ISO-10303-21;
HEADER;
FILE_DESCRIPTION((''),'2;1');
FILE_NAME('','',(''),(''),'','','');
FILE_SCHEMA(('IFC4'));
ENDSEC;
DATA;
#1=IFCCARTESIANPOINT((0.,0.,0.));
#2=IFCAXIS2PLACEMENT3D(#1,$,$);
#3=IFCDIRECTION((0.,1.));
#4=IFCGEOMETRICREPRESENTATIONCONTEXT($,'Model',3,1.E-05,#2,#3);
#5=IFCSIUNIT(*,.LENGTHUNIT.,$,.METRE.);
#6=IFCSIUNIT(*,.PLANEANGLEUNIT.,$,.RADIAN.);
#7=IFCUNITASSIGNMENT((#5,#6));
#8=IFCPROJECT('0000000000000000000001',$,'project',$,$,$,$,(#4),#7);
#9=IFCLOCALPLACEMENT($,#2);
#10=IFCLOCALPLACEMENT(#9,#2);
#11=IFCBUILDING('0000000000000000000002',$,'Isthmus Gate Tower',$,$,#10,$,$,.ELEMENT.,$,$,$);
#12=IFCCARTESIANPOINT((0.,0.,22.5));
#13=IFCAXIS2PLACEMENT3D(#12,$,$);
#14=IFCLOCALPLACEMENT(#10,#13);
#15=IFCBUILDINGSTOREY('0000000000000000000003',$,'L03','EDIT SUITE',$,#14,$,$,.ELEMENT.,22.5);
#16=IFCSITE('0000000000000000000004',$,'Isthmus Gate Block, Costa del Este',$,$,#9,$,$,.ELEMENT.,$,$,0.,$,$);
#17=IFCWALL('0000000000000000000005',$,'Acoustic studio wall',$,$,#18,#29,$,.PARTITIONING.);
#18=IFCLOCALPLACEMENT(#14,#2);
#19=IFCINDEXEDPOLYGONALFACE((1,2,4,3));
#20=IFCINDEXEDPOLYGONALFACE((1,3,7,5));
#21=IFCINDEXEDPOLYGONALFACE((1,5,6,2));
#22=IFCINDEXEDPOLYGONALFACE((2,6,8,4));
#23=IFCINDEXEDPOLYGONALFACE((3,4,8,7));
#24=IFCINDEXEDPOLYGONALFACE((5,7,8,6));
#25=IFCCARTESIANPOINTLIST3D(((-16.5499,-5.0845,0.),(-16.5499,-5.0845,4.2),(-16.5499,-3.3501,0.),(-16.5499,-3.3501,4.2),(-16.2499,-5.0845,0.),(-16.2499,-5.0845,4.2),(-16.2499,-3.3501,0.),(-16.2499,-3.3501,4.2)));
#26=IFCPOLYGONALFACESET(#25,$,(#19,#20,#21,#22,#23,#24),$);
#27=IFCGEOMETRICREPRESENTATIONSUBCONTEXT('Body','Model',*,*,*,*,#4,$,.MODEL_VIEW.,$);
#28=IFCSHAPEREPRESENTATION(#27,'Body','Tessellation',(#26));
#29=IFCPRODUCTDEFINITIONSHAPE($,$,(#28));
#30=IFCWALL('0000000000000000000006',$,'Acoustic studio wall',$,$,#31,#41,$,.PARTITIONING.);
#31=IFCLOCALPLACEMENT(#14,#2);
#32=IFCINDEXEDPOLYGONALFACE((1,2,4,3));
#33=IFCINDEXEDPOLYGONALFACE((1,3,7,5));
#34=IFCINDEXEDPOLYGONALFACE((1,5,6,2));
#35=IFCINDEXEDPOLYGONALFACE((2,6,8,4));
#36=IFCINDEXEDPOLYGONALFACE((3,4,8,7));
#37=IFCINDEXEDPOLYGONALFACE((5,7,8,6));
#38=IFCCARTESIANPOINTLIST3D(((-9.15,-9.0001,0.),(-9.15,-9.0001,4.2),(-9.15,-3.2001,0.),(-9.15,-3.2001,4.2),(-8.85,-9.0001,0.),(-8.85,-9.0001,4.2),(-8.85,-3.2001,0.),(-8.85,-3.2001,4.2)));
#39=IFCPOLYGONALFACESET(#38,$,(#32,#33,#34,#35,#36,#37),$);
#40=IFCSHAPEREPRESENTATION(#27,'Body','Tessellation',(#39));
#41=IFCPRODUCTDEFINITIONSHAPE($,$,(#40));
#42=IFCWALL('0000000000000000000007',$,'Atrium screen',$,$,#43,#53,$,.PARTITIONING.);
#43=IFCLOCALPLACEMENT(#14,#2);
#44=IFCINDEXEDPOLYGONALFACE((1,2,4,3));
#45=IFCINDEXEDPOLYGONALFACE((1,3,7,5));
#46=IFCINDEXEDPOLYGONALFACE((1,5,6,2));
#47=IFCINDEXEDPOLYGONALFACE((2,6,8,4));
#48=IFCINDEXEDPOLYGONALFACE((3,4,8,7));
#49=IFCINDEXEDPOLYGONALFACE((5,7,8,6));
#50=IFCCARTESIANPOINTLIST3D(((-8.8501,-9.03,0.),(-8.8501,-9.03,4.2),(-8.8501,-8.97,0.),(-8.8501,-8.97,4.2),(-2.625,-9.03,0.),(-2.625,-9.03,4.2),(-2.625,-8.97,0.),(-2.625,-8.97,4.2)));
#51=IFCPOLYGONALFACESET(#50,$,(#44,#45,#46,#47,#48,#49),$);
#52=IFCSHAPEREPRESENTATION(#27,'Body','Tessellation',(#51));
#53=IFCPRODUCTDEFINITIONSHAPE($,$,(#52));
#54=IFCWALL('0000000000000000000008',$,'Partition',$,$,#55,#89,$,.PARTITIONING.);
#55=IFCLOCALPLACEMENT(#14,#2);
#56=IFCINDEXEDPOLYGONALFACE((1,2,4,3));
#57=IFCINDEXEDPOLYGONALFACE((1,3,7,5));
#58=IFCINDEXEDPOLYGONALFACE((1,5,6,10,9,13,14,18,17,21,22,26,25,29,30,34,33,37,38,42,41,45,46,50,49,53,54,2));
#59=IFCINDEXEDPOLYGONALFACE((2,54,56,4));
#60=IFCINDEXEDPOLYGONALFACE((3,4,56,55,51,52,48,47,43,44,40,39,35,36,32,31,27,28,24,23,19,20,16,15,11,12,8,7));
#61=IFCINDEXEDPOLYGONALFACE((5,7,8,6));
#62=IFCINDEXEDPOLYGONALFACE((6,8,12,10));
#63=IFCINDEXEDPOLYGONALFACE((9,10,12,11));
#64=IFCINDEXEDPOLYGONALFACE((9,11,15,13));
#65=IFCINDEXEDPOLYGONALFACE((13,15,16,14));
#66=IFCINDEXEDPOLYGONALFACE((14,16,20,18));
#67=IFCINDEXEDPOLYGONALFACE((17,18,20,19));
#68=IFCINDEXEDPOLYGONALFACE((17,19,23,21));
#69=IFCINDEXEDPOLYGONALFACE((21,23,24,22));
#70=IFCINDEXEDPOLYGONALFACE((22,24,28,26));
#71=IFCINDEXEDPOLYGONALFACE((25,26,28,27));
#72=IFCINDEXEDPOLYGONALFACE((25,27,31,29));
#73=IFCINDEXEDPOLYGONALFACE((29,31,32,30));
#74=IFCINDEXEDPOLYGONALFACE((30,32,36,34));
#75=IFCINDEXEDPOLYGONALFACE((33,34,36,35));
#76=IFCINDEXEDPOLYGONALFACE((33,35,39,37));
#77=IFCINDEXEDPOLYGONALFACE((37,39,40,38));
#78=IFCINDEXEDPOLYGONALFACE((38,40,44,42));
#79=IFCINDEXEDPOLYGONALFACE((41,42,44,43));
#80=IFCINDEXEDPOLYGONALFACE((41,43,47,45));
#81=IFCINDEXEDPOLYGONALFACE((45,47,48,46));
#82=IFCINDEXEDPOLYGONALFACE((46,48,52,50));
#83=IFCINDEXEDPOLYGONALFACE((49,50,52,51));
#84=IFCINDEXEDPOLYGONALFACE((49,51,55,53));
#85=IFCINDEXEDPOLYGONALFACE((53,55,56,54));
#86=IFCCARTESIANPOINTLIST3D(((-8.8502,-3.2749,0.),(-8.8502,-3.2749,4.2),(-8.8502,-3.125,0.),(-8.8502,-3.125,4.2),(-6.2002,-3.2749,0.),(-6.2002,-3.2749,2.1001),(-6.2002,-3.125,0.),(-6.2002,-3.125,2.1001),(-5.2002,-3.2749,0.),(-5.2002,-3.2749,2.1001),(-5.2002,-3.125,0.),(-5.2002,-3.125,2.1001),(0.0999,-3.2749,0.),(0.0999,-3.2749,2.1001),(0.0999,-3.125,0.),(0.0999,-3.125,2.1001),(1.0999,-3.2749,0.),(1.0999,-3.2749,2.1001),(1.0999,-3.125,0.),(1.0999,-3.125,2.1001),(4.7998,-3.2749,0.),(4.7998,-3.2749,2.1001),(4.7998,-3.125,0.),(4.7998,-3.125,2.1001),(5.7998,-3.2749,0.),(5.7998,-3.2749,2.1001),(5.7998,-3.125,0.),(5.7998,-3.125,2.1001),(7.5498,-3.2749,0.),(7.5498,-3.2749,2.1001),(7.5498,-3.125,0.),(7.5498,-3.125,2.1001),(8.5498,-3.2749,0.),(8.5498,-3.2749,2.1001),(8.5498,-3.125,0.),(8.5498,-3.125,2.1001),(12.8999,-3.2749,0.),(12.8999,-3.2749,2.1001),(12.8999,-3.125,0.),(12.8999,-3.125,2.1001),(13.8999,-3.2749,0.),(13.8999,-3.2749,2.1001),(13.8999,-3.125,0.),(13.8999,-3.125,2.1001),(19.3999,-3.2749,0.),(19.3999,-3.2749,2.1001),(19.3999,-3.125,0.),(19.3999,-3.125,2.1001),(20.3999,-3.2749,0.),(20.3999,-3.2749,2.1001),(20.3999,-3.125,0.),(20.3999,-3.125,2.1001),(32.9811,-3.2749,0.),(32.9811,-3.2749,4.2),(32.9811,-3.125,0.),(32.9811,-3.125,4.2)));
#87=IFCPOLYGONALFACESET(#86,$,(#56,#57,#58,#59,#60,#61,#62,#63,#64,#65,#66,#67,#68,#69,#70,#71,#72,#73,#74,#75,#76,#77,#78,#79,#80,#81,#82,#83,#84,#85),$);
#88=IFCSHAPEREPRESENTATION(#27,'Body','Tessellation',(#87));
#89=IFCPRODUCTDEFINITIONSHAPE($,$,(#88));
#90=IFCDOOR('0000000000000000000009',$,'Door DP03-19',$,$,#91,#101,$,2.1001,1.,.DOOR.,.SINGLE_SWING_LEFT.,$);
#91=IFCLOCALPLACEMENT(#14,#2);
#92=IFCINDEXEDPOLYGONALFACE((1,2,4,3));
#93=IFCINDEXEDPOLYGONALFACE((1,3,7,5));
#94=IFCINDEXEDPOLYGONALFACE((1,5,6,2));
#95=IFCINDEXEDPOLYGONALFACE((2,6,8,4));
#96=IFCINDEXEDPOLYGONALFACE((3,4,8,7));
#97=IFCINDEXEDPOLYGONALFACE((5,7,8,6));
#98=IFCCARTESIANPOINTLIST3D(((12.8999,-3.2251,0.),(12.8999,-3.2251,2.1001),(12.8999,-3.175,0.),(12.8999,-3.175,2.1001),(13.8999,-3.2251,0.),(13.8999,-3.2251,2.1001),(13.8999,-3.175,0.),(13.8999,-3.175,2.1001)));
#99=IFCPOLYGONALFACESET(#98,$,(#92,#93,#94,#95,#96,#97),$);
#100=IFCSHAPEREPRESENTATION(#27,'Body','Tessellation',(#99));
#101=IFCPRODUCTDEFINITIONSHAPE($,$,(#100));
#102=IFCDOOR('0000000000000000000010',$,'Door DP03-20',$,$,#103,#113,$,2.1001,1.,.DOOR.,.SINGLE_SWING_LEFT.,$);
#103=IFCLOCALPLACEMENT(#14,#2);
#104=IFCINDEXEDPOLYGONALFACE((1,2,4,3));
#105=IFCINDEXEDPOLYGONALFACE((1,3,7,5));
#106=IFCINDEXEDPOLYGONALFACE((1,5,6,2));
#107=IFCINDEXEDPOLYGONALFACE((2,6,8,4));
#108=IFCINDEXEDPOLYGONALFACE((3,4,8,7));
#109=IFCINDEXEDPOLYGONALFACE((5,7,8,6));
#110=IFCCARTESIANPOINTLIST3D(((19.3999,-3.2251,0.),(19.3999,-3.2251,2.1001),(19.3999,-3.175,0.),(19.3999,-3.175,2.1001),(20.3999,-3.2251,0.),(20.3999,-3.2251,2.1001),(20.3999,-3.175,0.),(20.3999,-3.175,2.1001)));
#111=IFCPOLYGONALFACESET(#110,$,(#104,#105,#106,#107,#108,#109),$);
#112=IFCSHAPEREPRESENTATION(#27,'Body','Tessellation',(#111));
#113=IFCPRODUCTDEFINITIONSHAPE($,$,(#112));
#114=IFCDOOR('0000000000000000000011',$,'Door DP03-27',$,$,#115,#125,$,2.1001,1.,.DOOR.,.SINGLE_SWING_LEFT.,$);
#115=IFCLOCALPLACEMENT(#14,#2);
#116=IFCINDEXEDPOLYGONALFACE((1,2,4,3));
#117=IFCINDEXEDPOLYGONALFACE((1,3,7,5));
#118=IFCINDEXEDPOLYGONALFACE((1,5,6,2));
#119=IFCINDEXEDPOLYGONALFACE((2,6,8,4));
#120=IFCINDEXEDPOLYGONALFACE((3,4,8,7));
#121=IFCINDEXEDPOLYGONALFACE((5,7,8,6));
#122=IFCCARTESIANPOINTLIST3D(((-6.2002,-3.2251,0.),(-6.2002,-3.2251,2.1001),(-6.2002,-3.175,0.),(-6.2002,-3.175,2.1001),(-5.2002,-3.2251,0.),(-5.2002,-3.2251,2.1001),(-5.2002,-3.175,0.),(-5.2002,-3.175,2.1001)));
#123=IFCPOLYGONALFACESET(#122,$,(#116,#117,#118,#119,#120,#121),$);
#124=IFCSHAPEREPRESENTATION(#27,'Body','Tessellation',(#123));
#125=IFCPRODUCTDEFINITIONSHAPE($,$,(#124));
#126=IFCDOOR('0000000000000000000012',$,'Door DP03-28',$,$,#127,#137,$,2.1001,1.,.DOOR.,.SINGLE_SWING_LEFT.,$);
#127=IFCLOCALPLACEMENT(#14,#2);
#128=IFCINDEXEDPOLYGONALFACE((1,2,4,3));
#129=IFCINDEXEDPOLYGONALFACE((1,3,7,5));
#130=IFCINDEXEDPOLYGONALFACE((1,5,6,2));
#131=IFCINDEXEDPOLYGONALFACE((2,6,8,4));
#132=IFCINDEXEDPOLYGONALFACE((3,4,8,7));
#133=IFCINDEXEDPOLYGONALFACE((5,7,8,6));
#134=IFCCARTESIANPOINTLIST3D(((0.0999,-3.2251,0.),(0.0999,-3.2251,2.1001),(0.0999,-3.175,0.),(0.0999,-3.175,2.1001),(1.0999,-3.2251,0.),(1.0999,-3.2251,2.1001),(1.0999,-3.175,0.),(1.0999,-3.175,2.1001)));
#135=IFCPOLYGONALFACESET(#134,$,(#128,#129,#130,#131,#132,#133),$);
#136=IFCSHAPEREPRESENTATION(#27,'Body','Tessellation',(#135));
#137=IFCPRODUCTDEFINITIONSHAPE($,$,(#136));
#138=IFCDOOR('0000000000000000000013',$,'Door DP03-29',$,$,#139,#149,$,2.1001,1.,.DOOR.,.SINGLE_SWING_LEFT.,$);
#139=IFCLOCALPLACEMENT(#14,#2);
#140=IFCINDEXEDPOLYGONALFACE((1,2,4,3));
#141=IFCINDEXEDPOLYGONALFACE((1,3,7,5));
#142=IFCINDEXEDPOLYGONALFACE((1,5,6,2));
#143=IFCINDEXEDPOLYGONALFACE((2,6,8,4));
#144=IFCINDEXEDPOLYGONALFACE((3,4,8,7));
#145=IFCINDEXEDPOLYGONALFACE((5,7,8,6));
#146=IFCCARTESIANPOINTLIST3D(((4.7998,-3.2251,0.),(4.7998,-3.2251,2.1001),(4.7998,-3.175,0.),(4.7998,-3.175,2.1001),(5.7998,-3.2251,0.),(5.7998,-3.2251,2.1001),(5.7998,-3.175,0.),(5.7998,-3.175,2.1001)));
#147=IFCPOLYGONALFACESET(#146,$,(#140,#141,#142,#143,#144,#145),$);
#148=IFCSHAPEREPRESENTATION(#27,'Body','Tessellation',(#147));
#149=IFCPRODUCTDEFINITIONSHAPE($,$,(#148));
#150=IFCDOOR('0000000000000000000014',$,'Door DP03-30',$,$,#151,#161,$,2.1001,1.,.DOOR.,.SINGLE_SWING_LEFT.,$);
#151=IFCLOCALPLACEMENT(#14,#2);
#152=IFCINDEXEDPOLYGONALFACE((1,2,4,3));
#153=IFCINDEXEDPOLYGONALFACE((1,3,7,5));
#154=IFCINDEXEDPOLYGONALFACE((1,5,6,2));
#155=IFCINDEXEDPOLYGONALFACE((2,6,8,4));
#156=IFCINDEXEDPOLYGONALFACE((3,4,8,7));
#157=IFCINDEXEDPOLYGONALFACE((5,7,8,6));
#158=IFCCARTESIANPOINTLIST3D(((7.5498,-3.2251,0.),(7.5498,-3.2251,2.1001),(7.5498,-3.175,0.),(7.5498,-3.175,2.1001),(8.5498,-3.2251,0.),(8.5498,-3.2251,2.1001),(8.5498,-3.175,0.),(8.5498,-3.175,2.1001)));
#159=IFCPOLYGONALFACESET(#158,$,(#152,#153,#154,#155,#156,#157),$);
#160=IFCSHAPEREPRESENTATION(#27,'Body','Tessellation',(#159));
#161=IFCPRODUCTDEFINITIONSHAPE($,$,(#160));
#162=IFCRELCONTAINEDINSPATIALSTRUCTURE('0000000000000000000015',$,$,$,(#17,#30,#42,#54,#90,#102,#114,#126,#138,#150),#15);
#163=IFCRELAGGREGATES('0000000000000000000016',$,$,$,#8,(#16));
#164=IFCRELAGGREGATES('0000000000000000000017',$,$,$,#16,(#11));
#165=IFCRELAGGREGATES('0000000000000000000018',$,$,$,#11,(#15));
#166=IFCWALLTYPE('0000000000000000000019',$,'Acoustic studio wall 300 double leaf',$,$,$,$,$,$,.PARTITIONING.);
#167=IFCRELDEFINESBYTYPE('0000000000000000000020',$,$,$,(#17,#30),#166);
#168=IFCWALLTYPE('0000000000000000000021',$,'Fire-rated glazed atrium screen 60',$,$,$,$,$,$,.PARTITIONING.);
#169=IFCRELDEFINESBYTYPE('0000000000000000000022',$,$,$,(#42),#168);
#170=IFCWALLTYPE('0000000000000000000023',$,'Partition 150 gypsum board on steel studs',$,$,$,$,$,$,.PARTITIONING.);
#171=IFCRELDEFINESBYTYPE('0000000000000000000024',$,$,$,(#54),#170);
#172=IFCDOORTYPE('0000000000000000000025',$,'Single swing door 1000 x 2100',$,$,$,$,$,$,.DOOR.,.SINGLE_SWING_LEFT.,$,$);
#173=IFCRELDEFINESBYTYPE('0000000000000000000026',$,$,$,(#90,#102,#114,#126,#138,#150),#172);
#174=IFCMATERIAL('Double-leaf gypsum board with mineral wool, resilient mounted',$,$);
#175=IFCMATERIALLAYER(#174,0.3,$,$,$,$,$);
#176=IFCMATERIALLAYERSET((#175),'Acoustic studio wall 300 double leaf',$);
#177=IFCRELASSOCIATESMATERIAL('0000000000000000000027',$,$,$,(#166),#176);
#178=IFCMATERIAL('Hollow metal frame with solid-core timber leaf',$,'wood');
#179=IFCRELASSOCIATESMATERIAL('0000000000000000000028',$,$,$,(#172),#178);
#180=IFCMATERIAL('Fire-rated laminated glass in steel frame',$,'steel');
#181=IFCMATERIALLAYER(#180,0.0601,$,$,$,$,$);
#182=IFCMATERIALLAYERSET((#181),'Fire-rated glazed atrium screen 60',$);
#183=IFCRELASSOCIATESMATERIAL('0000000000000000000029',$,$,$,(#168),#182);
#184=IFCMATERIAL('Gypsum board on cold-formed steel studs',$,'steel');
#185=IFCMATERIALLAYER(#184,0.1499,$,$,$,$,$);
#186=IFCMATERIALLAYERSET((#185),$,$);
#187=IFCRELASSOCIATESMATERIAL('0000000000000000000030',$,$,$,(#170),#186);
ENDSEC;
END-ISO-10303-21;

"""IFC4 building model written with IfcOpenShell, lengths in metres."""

from ifc_helpers import new_model, si_unit, direction, frame, frame_2d, origin, place, context, subcontext, project, spatial, rectangle, extrude, material, layer, layer_set, type_object, element, fill, save


model = new_model("IFC4")

# Units and contexts
model_context = context("Model", 3, precision=1e-05, world=origin(), true_north=direction((0.0, 1.0)))
body_context = subcontext(model_context, "Body", "Model", "MODEL_VIEW")
ifc_project = project(units=[si_unit("LENGTHUNIT", "METRE"), si_unit("PLANEANGLEUNIT", "RADIAN")], contexts=[model_context])

# Site, building, storey
site_placement = place(None, origin())
site = spatial("IfcSite", under=ifc_project, at=site_placement, Name="Isthmus Gate Block, Costa del Este", CompositionType="ELEMENT", RefElevation=0.0)
building_placement = place(site_placement, origin())
building = spatial("IfcBuilding", under=site, at=building_placement, Name="Isthmus Gate Tower", CompositionType="ELEMENT")
storey_placement = place(building_placement, frame((0.0, 0.0, 22.5)))
storey = spatial("IfcBuildingStorey", under=building, at=storey_placement, Name="L03", Description="EDIT SUITE", CompositionType="ELEMENT", Elevation=22.5)

# Shared definitions
ifc_material_1 = material(Name="Double-leaf gypsum board with mineral wool, resilient mounted")
ifc_layer_1 = layer(ifc_material_1, 0.3)
ifc_layer_set_1 = layer_set([ifc_layer_1], Name="Acoustic studio wall 300 double leaf")
wall_type_1 = type_object("IfcWallType", Name="Acoustic studio wall 300 double leaf", PredefinedType="PARTITIONING", material=ifc_layer_set_1)

# Shared definitions
ifc_material_2 = material(Name="Hollow metal frame with solid-core timber leaf", Category="wood")
door_type = type_object("IfcDoorType", Name="Single swing door 1000 x 2100", OperationType="SINGLE_SWING_LEFT", PredefinedType="DOOR", material=ifc_material_2)

# Walls
wall_1_placement = place(storey_placement, frame((-16.3999, -5.0845, 0.0), z_axis=(0.0, 0.0, 1.0), x_axis=(0.0, 1.0, 0.0)))
element("IfcWall", 1, at=wall_1_placement, inside=storey, type_object=wall_type_1, Name="Acoustic studio wall", PredefinedType="PARTITIONING", context=body_context, shape_type="SweptSolid", body=[
    extrude(rectangle(XDim=1.7344, YDim=0.3, at=frame_2d((0.8672, 0.0))), origin(), (0.0, 0.0, 1.0), 4.2),
])
wall_2_placement = place(storey_placement, frame((-9.0, -9.0, 0.0), z_axis=(0.0, 0.0, 1.0), x_axis=(0.0, 1.0, 0.0)))
element("IfcWall", 2, at=wall_2_placement, inside=storey, type_object=wall_type_1, Name="Acoustic studio wall", PredefinedType="PARTITIONING", context=body_context, shape_type="SweptSolid", body=[
    extrude(rectangle(XDim=5.8, YDim=0.3, at=frame_2d((2.8999, 0.0))), origin(), (0.0, 0.0, 1.0), 4.2),
])
ifc_material_3 = material(Name="Fire-rated laminated glass in steel frame", Category="steel")
ifc_layer_2 = layer(ifc_material_3, 0.0601)
ifc_layer_set_2 = layer_set([ifc_layer_2], Name="Fire-rated glazed atrium screen 60")
wall_type_2 = type_object("IfcWallType", Name="Fire-rated glazed atrium screen 60", PredefinedType="PARTITIONING", material=ifc_layer_set_2)
wall_3_placement = place(storey_placement, frame((-8.8501, -9.0, 0.0), z_axis=(0.0, 0.0, 1.0), x_axis=(1.0, 0.0, 0.0)))
element("IfcWall", 3, at=wall_3_placement, inside=storey, type_object=wall_type_2, Name="Atrium screen", PredefinedType="PARTITIONING", context=body_context, shape_type="SweptSolid", body=[
    extrude(rectangle(XDim=6.2251, YDim=0.0601, at=frame_2d((3.1125, 0.0))), origin(), (0.0, 0.0, 1.0), 4.2),
])

# Wall, openings, doors
ifc_material_4 = material(Name="Gypsum board on cold-formed steel studs", Category="steel")
ifc_layer_3 = layer(ifc_material_4, 0.1499)
ifc_layer_set_3 = layer_set([ifc_layer_3])
wall_type_3 = type_object("IfcWallType", Name="Partition 150 gypsum board on steel studs", PredefinedType="PARTITIONING", material=ifc_layer_set_3)
wall_4_placement = place(storey_placement, frame((-8.8501, -3.2, 0.0), z_axis=(0.0, 0.0, 1.0), x_axis=(1.0, 0.0, 0.0)))
wall_4 = element("IfcWall", 4, at=wall_4_placement, inside=storey, type_object=wall_type_3, Name="Partition", PredefinedType="PARTITIONING", context=body_context, shape_type="SweptSolid", body=[
    extrude(rectangle(XDim=41.8313, YDim=0.1499, at=frame_2d((20.9155, 0.0))), origin(), (0.0, 0.0, 1.0), 4.2),
])
opening_1_placement = place(wall_4_placement, frame((21.75, 0.0, 0.0)))
opening_1 = element("IfcOpeningElement", 5, at=opening_1_placement, cuts=wall_4, PredefinedType="OPENING", context=body_context, shape_type="SweptSolid", body=[
    extrude(rectangle(XDim=1.0, YDim=2.1001, at=frame_2d((0.5, 1.05))), frame((0.0, 0.085, 0.0), z_axis=(0.0, -1.0, 0.0), x_axis=(1.0, 0.0, 0.0)), (0.0, 0.0, 1.0), 0.1699),
])
opening_2_placement = place(wall_4_placement, frame((28.25, 0.0, 0.0)))
opening_2 = element("IfcOpeningElement", 6, at=opening_2_placement, cuts=wall_4, PredefinedType="OPENING", context=body_context, shape_type="SweptSolid", body=[
    extrude(rectangle(XDim=1.0, YDim=2.1001, at=frame_2d((0.5, 1.05))), frame((0.0, 0.085, 0.0), z_axis=(0.0, -1.0, 0.0), x_axis=(1.0, 0.0, 0.0)), (0.0, 0.0, 1.0), 0.1699),
])
opening_3_placement = place(wall_4_placement, frame((2.6499, 0.0, 0.0)))
opening_3 = element("IfcOpeningElement", 7, at=opening_3_placement, cuts=wall_4, PredefinedType="OPENING", context=body_context, shape_type="SweptSolid", body=[
    extrude(rectangle(XDim=1.0, YDim=2.1001, at=frame_2d((0.5, 1.05))), frame((0.0, 0.085, 0.0), z_axis=(0.0, -1.0, 0.0), x_axis=(1.0, 0.0, 0.0)), (0.0, 0.0, 1.0), 0.1699),
])
opening_4_placement = place(wall_4_placement, frame((8.95, 0.0, 0.0)))
opening_4 = element("IfcOpeningElement", 8, at=opening_4_placement, cuts=wall_4, PredefinedType="OPENING", context=body_context, shape_type="SweptSolid", body=[
    extrude(rectangle(XDim=1.0, YDim=2.1001, at=frame_2d((0.5, 1.05))), frame((0.0, 0.085, 0.0), z_axis=(0.0, -1.0, 0.0), x_axis=(1.0, 0.0, 0.0)), (0.0, 0.0, 1.0), 0.1699),
])
opening_5_placement = place(wall_4_placement, frame((13.6499, 0.0, 0.0)))
opening_5 = element("IfcOpeningElement", 9, at=opening_5_placement, cuts=wall_4, PredefinedType="OPENING", context=body_context, shape_type="SweptSolid", body=[
    extrude(rectangle(XDim=1.0, YDim=2.1001, at=frame_2d((0.5, 1.05))), frame((0.0, 0.085, 0.0), z_axis=(0.0, -1.0, 0.0), x_axis=(1.0, 0.0, 0.0)), (0.0, 0.0, 1.0), 0.1699),
])
opening_6_placement = place(wall_4_placement, frame((16.3999, 0.0, 0.0)))
opening_6 = element("IfcOpeningElement", 10, at=opening_6_placement, cuts=wall_4, PredefinedType="OPENING", context=body_context, shape_type="SweptSolid", body=[
    extrude(rectangle(XDim=1.0, YDim=2.1001, at=frame_2d((0.5, 1.05))), frame((0.0, 0.085, 0.0), z_axis=(0.0, -1.0, 0.0), x_axis=(1.0, 0.0, 0.0)), (0.0, 0.0, 1.0), 0.1699),
])
door_1_placement = place(opening_1_placement, origin())
door_1 = element("IfcDoor", 11, at=door_1_placement, inside=storey, type_object=door_type, Name="Door DP03-19", OperationType="SINGLE_SWING_LEFT", OverallHeight=2.1001, OverallWidth=1.0, PredefinedType="DOOR", context=body_context, shape_type="SweptSolid", body=[
    extrude(rectangle(XDim=1.0, YDim=2.1001, at=frame_2d((0.5, 1.05))), frame((0.0, 0.0249, 0.0), z_axis=(0.0, -1.0, 0.0), x_axis=(1.0, 0.0, 0.0)), (0.0, 0.0, 1.0), 0.05),
])
fill(opening_1, door_1)
door_2_placement = place(opening_2_placement, origin())
door_2 = element("IfcDoor", 12, at=door_2_placement, inside=storey, type_object=door_type, Name="Door DP03-20", OperationType="SINGLE_SWING_LEFT", OverallHeight=2.1001, OverallWidth=1.0, PredefinedType="DOOR", context=body_context, shape_type="SweptSolid", body=[
    extrude(rectangle(XDim=1.0, YDim=2.1001, at=frame_2d((0.5, 1.05))), frame((0.0, 0.0249, 0.0), z_axis=(0.0, -1.0, 0.0), x_axis=(1.0, 0.0, 0.0)), (0.0, 0.0, 1.0), 0.05),
])
fill(opening_2, door_2)
door_3_placement = place(opening_3_placement, origin())
door_3 = element("IfcDoor", 13, at=door_3_placement, inside=storey, type_object=door_type, Name="Door DP03-27", OperationType="SINGLE_SWING_LEFT", OverallHeight=2.1001, OverallWidth=1.0, PredefinedType="DOOR", context=body_context, shape_type="SweptSolid", body=[
    extrude(rectangle(XDim=1.0, YDim=2.1001, at=frame_2d((0.5, 1.05))), frame((0.0, 0.0249, 0.0), z_axis=(0.0, -1.0, 0.0), x_axis=(1.0, 0.0, 0.0)), (0.0, 0.0, 1.0), 0.05),
])
fill(opening_3, door_3)
door_4_placement = place(opening_4_placement, origin())
door_4 = element("IfcDoor", 14, at=door_4_placement, inside=storey, type_object=door_type, Name="Door DP03-28", OperationType="SINGLE_SWING_LEFT", OverallHeight=2.1001, OverallWidth=1.0, PredefinedType="DOOR", context=body_context, shape_type="SweptSolid", body=[
    extrude(rectangle(XDim=1.0, YDim=2.1001, at=frame_2d((0.5, 1.05))), frame((0.0, 0.0249, 0.0), z_axis=(0.0, -1.0, 0.0), x_axis=(1.0, 0.0, 0.0)), (0.0, 0.0, 1.0), 0.05),
])
fill(opening_4, door_4)
door_5_placement = place(opening_5_placement, origin())
door_5 = element("IfcDoor", 15, at=door_5_placement, inside=storey, type_object=door_type, Name="Door DP03-29", OperationType="SINGLE_SWING_LEFT", OverallHeight=2.1001, OverallWidth=1.0, PredefinedType="DOOR", context=body_context, shape_type="SweptSolid", body=[
    extrude(rectangle(XDim=1.0, YDim=2.1001, at=frame_2d((0.5, 1.05))), frame((0.0, 0.0249, 0.0), z_axis=(0.0, -1.0, 0.0), x_axis=(1.0, 0.0, 0.0)), (0.0, 0.0, 1.0), 0.05),
])
fill(opening_5, door_5)
door_6_placement = place(opening_6_placement, origin())
door_6 = element("IfcDoor", 16, at=door_6_placement, inside=storey, type_object=door_type, Name="Door DP03-30", OperationType="SINGLE_SWING_LEFT", OverallHeight=2.1001, OverallWidth=1.0, PredefinedType="DOOR", context=body_context, shape_type="SweptSolid", body=[
    extrude(rectangle(XDim=1.0, YDim=2.1001, at=frame_2d((0.5, 1.05))), frame((0.0, 0.0249, 0.0), z_axis=(0.0, -1.0, 0.0), x_axis=(1.0, 0.0, 0.0)), (0.0, 0.0, 1.0), 0.05),
])
fill(opening_6, door_6)

save(model, "model.ifc")
